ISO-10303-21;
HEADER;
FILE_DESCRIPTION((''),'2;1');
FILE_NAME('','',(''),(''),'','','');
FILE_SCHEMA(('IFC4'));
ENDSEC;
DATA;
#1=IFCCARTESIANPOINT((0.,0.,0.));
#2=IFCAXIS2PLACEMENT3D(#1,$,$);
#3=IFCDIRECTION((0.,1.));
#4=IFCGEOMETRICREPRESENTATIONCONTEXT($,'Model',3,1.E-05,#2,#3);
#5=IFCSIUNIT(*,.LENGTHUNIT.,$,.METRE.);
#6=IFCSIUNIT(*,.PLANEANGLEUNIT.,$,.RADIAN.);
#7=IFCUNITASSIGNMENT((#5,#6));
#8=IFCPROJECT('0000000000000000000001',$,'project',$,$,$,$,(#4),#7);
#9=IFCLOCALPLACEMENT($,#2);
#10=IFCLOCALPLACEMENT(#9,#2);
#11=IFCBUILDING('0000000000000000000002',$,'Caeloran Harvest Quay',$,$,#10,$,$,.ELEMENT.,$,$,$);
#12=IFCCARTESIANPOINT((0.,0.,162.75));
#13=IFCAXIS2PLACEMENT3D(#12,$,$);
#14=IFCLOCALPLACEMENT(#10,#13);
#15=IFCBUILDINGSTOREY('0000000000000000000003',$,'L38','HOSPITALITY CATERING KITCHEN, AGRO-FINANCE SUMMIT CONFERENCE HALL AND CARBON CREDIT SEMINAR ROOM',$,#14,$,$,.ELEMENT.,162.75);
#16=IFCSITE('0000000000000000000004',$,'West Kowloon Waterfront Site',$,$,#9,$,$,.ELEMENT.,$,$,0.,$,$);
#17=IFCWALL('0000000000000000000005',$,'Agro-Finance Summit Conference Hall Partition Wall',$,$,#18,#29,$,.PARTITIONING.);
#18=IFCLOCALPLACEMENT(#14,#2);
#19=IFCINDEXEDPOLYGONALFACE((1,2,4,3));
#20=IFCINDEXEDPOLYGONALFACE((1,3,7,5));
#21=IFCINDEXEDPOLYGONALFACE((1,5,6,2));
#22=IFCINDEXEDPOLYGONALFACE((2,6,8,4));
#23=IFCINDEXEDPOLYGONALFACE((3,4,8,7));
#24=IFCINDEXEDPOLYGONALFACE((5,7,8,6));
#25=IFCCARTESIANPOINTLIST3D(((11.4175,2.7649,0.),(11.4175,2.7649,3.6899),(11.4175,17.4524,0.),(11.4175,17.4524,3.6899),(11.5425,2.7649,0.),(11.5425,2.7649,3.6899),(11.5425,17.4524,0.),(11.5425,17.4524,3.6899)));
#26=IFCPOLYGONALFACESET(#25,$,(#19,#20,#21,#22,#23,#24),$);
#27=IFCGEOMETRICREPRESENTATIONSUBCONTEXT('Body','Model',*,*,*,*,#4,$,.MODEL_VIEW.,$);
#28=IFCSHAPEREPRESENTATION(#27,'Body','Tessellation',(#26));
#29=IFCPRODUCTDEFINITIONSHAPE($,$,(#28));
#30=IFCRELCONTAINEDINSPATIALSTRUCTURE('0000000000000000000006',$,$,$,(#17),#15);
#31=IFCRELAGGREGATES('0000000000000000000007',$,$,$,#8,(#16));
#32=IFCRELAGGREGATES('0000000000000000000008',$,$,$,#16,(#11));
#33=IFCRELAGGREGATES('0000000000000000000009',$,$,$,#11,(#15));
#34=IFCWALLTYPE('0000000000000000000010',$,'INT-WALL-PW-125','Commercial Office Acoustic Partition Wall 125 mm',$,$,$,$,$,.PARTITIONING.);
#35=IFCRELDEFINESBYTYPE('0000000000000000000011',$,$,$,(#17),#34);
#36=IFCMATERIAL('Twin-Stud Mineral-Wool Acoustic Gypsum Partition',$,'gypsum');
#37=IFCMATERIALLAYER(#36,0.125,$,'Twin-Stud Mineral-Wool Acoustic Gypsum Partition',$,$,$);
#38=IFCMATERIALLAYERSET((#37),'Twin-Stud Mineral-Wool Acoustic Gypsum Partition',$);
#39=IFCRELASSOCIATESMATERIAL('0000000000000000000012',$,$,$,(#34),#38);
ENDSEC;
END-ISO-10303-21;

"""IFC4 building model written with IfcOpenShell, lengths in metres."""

from ifc_helpers import new_model, si_unit, direction, frame, frame_2d, origin, place, context, subcontext, project, spatial, rectangle, extrude, material, layer, layer_set, type_object, element, save


model = new_model("IFC4")

# Units and contexts
model_context = context("Model", 3, precision=1e-05, world=origin(), true_north=direction((0.0, 1.0)))
body_context = subcontext(model_context, "Body", "Model", "MODEL_VIEW")
ifc_project = project(units=[si_unit("LENGTHUNIT", "METRE"), si_unit("PLANEANGLEUNIT", "RADIAN")], contexts=[model_context])

# Site, building, storey
site_placement = place(None, origin())
site = spatial("IfcSite", under=ifc_project, at=site_placement, Name="West Kowloon Waterfront Site", CompositionType="ELEMENT", RefElevation=0.0)
building_placement = place(site_placement, origin())
building = spatial("IfcBuilding", under=site, at=building_placement, Name="Caeloran Harvest Quay", CompositionType="ELEMENT")
storey_placement = place(building_placement, frame((0.0, 0.0, 162.75)))
storey = spatial("IfcBuildingStorey", under=building, at=storey_placement, Name="L38", Description="HOSPITALITY CATERING KITCHEN, AGRO-FINANCE SUMMIT CONFERENCE HALL AND CARBON CREDIT SEMINAR ROOM", CompositionType="ELEMENT", Elevation=162.75)

# Wall
ifc_material_1 = material(Name="Twin-Stud Mineral-Wool Acoustic Gypsum Partition", Category="gypsum")
ifc_layer_1 = layer(ifc_material_1, 0.125, Name="Twin-Stud Mineral-Wool Acoustic Gypsum Partition")
ifc_layer_set_1 = layer_set([ifc_layer_1], Name="Twin-Stud Mineral-Wool Acoustic Gypsum Partition")
wall_type_1 = type_object("IfcWallType", Name="INT-WALL-PW-125", Description="Commercial Office Acoustic Partition Wall 125 mm", PredefinedType="PARTITIONING", material=ifc_layer_set_1)
wall_1_placement = place(storey_placement, frame((11.48, 2.7649, 0.0), z_axis=(0.0, 0.0, 1.0), x_axis=(0.0, 1.0, 0.0)))
element("IfcWall", 1, at=wall_1_placement, inside=storey, type_object=wall_type_1, Name="Agro-Finance Summit Conference Hall Partition Wall", PredefinedType="PARTITIONING", context=body_context, shape_type="SweptSolid", body=[
    extrude(rectangle(XDim=14.6875, YDim=0.125, at=frame_2d((7.3438, 0.0))), origin(), (0.0, 0.0, 1.0), 3.6899),
])

save(model, "model.ifc")
